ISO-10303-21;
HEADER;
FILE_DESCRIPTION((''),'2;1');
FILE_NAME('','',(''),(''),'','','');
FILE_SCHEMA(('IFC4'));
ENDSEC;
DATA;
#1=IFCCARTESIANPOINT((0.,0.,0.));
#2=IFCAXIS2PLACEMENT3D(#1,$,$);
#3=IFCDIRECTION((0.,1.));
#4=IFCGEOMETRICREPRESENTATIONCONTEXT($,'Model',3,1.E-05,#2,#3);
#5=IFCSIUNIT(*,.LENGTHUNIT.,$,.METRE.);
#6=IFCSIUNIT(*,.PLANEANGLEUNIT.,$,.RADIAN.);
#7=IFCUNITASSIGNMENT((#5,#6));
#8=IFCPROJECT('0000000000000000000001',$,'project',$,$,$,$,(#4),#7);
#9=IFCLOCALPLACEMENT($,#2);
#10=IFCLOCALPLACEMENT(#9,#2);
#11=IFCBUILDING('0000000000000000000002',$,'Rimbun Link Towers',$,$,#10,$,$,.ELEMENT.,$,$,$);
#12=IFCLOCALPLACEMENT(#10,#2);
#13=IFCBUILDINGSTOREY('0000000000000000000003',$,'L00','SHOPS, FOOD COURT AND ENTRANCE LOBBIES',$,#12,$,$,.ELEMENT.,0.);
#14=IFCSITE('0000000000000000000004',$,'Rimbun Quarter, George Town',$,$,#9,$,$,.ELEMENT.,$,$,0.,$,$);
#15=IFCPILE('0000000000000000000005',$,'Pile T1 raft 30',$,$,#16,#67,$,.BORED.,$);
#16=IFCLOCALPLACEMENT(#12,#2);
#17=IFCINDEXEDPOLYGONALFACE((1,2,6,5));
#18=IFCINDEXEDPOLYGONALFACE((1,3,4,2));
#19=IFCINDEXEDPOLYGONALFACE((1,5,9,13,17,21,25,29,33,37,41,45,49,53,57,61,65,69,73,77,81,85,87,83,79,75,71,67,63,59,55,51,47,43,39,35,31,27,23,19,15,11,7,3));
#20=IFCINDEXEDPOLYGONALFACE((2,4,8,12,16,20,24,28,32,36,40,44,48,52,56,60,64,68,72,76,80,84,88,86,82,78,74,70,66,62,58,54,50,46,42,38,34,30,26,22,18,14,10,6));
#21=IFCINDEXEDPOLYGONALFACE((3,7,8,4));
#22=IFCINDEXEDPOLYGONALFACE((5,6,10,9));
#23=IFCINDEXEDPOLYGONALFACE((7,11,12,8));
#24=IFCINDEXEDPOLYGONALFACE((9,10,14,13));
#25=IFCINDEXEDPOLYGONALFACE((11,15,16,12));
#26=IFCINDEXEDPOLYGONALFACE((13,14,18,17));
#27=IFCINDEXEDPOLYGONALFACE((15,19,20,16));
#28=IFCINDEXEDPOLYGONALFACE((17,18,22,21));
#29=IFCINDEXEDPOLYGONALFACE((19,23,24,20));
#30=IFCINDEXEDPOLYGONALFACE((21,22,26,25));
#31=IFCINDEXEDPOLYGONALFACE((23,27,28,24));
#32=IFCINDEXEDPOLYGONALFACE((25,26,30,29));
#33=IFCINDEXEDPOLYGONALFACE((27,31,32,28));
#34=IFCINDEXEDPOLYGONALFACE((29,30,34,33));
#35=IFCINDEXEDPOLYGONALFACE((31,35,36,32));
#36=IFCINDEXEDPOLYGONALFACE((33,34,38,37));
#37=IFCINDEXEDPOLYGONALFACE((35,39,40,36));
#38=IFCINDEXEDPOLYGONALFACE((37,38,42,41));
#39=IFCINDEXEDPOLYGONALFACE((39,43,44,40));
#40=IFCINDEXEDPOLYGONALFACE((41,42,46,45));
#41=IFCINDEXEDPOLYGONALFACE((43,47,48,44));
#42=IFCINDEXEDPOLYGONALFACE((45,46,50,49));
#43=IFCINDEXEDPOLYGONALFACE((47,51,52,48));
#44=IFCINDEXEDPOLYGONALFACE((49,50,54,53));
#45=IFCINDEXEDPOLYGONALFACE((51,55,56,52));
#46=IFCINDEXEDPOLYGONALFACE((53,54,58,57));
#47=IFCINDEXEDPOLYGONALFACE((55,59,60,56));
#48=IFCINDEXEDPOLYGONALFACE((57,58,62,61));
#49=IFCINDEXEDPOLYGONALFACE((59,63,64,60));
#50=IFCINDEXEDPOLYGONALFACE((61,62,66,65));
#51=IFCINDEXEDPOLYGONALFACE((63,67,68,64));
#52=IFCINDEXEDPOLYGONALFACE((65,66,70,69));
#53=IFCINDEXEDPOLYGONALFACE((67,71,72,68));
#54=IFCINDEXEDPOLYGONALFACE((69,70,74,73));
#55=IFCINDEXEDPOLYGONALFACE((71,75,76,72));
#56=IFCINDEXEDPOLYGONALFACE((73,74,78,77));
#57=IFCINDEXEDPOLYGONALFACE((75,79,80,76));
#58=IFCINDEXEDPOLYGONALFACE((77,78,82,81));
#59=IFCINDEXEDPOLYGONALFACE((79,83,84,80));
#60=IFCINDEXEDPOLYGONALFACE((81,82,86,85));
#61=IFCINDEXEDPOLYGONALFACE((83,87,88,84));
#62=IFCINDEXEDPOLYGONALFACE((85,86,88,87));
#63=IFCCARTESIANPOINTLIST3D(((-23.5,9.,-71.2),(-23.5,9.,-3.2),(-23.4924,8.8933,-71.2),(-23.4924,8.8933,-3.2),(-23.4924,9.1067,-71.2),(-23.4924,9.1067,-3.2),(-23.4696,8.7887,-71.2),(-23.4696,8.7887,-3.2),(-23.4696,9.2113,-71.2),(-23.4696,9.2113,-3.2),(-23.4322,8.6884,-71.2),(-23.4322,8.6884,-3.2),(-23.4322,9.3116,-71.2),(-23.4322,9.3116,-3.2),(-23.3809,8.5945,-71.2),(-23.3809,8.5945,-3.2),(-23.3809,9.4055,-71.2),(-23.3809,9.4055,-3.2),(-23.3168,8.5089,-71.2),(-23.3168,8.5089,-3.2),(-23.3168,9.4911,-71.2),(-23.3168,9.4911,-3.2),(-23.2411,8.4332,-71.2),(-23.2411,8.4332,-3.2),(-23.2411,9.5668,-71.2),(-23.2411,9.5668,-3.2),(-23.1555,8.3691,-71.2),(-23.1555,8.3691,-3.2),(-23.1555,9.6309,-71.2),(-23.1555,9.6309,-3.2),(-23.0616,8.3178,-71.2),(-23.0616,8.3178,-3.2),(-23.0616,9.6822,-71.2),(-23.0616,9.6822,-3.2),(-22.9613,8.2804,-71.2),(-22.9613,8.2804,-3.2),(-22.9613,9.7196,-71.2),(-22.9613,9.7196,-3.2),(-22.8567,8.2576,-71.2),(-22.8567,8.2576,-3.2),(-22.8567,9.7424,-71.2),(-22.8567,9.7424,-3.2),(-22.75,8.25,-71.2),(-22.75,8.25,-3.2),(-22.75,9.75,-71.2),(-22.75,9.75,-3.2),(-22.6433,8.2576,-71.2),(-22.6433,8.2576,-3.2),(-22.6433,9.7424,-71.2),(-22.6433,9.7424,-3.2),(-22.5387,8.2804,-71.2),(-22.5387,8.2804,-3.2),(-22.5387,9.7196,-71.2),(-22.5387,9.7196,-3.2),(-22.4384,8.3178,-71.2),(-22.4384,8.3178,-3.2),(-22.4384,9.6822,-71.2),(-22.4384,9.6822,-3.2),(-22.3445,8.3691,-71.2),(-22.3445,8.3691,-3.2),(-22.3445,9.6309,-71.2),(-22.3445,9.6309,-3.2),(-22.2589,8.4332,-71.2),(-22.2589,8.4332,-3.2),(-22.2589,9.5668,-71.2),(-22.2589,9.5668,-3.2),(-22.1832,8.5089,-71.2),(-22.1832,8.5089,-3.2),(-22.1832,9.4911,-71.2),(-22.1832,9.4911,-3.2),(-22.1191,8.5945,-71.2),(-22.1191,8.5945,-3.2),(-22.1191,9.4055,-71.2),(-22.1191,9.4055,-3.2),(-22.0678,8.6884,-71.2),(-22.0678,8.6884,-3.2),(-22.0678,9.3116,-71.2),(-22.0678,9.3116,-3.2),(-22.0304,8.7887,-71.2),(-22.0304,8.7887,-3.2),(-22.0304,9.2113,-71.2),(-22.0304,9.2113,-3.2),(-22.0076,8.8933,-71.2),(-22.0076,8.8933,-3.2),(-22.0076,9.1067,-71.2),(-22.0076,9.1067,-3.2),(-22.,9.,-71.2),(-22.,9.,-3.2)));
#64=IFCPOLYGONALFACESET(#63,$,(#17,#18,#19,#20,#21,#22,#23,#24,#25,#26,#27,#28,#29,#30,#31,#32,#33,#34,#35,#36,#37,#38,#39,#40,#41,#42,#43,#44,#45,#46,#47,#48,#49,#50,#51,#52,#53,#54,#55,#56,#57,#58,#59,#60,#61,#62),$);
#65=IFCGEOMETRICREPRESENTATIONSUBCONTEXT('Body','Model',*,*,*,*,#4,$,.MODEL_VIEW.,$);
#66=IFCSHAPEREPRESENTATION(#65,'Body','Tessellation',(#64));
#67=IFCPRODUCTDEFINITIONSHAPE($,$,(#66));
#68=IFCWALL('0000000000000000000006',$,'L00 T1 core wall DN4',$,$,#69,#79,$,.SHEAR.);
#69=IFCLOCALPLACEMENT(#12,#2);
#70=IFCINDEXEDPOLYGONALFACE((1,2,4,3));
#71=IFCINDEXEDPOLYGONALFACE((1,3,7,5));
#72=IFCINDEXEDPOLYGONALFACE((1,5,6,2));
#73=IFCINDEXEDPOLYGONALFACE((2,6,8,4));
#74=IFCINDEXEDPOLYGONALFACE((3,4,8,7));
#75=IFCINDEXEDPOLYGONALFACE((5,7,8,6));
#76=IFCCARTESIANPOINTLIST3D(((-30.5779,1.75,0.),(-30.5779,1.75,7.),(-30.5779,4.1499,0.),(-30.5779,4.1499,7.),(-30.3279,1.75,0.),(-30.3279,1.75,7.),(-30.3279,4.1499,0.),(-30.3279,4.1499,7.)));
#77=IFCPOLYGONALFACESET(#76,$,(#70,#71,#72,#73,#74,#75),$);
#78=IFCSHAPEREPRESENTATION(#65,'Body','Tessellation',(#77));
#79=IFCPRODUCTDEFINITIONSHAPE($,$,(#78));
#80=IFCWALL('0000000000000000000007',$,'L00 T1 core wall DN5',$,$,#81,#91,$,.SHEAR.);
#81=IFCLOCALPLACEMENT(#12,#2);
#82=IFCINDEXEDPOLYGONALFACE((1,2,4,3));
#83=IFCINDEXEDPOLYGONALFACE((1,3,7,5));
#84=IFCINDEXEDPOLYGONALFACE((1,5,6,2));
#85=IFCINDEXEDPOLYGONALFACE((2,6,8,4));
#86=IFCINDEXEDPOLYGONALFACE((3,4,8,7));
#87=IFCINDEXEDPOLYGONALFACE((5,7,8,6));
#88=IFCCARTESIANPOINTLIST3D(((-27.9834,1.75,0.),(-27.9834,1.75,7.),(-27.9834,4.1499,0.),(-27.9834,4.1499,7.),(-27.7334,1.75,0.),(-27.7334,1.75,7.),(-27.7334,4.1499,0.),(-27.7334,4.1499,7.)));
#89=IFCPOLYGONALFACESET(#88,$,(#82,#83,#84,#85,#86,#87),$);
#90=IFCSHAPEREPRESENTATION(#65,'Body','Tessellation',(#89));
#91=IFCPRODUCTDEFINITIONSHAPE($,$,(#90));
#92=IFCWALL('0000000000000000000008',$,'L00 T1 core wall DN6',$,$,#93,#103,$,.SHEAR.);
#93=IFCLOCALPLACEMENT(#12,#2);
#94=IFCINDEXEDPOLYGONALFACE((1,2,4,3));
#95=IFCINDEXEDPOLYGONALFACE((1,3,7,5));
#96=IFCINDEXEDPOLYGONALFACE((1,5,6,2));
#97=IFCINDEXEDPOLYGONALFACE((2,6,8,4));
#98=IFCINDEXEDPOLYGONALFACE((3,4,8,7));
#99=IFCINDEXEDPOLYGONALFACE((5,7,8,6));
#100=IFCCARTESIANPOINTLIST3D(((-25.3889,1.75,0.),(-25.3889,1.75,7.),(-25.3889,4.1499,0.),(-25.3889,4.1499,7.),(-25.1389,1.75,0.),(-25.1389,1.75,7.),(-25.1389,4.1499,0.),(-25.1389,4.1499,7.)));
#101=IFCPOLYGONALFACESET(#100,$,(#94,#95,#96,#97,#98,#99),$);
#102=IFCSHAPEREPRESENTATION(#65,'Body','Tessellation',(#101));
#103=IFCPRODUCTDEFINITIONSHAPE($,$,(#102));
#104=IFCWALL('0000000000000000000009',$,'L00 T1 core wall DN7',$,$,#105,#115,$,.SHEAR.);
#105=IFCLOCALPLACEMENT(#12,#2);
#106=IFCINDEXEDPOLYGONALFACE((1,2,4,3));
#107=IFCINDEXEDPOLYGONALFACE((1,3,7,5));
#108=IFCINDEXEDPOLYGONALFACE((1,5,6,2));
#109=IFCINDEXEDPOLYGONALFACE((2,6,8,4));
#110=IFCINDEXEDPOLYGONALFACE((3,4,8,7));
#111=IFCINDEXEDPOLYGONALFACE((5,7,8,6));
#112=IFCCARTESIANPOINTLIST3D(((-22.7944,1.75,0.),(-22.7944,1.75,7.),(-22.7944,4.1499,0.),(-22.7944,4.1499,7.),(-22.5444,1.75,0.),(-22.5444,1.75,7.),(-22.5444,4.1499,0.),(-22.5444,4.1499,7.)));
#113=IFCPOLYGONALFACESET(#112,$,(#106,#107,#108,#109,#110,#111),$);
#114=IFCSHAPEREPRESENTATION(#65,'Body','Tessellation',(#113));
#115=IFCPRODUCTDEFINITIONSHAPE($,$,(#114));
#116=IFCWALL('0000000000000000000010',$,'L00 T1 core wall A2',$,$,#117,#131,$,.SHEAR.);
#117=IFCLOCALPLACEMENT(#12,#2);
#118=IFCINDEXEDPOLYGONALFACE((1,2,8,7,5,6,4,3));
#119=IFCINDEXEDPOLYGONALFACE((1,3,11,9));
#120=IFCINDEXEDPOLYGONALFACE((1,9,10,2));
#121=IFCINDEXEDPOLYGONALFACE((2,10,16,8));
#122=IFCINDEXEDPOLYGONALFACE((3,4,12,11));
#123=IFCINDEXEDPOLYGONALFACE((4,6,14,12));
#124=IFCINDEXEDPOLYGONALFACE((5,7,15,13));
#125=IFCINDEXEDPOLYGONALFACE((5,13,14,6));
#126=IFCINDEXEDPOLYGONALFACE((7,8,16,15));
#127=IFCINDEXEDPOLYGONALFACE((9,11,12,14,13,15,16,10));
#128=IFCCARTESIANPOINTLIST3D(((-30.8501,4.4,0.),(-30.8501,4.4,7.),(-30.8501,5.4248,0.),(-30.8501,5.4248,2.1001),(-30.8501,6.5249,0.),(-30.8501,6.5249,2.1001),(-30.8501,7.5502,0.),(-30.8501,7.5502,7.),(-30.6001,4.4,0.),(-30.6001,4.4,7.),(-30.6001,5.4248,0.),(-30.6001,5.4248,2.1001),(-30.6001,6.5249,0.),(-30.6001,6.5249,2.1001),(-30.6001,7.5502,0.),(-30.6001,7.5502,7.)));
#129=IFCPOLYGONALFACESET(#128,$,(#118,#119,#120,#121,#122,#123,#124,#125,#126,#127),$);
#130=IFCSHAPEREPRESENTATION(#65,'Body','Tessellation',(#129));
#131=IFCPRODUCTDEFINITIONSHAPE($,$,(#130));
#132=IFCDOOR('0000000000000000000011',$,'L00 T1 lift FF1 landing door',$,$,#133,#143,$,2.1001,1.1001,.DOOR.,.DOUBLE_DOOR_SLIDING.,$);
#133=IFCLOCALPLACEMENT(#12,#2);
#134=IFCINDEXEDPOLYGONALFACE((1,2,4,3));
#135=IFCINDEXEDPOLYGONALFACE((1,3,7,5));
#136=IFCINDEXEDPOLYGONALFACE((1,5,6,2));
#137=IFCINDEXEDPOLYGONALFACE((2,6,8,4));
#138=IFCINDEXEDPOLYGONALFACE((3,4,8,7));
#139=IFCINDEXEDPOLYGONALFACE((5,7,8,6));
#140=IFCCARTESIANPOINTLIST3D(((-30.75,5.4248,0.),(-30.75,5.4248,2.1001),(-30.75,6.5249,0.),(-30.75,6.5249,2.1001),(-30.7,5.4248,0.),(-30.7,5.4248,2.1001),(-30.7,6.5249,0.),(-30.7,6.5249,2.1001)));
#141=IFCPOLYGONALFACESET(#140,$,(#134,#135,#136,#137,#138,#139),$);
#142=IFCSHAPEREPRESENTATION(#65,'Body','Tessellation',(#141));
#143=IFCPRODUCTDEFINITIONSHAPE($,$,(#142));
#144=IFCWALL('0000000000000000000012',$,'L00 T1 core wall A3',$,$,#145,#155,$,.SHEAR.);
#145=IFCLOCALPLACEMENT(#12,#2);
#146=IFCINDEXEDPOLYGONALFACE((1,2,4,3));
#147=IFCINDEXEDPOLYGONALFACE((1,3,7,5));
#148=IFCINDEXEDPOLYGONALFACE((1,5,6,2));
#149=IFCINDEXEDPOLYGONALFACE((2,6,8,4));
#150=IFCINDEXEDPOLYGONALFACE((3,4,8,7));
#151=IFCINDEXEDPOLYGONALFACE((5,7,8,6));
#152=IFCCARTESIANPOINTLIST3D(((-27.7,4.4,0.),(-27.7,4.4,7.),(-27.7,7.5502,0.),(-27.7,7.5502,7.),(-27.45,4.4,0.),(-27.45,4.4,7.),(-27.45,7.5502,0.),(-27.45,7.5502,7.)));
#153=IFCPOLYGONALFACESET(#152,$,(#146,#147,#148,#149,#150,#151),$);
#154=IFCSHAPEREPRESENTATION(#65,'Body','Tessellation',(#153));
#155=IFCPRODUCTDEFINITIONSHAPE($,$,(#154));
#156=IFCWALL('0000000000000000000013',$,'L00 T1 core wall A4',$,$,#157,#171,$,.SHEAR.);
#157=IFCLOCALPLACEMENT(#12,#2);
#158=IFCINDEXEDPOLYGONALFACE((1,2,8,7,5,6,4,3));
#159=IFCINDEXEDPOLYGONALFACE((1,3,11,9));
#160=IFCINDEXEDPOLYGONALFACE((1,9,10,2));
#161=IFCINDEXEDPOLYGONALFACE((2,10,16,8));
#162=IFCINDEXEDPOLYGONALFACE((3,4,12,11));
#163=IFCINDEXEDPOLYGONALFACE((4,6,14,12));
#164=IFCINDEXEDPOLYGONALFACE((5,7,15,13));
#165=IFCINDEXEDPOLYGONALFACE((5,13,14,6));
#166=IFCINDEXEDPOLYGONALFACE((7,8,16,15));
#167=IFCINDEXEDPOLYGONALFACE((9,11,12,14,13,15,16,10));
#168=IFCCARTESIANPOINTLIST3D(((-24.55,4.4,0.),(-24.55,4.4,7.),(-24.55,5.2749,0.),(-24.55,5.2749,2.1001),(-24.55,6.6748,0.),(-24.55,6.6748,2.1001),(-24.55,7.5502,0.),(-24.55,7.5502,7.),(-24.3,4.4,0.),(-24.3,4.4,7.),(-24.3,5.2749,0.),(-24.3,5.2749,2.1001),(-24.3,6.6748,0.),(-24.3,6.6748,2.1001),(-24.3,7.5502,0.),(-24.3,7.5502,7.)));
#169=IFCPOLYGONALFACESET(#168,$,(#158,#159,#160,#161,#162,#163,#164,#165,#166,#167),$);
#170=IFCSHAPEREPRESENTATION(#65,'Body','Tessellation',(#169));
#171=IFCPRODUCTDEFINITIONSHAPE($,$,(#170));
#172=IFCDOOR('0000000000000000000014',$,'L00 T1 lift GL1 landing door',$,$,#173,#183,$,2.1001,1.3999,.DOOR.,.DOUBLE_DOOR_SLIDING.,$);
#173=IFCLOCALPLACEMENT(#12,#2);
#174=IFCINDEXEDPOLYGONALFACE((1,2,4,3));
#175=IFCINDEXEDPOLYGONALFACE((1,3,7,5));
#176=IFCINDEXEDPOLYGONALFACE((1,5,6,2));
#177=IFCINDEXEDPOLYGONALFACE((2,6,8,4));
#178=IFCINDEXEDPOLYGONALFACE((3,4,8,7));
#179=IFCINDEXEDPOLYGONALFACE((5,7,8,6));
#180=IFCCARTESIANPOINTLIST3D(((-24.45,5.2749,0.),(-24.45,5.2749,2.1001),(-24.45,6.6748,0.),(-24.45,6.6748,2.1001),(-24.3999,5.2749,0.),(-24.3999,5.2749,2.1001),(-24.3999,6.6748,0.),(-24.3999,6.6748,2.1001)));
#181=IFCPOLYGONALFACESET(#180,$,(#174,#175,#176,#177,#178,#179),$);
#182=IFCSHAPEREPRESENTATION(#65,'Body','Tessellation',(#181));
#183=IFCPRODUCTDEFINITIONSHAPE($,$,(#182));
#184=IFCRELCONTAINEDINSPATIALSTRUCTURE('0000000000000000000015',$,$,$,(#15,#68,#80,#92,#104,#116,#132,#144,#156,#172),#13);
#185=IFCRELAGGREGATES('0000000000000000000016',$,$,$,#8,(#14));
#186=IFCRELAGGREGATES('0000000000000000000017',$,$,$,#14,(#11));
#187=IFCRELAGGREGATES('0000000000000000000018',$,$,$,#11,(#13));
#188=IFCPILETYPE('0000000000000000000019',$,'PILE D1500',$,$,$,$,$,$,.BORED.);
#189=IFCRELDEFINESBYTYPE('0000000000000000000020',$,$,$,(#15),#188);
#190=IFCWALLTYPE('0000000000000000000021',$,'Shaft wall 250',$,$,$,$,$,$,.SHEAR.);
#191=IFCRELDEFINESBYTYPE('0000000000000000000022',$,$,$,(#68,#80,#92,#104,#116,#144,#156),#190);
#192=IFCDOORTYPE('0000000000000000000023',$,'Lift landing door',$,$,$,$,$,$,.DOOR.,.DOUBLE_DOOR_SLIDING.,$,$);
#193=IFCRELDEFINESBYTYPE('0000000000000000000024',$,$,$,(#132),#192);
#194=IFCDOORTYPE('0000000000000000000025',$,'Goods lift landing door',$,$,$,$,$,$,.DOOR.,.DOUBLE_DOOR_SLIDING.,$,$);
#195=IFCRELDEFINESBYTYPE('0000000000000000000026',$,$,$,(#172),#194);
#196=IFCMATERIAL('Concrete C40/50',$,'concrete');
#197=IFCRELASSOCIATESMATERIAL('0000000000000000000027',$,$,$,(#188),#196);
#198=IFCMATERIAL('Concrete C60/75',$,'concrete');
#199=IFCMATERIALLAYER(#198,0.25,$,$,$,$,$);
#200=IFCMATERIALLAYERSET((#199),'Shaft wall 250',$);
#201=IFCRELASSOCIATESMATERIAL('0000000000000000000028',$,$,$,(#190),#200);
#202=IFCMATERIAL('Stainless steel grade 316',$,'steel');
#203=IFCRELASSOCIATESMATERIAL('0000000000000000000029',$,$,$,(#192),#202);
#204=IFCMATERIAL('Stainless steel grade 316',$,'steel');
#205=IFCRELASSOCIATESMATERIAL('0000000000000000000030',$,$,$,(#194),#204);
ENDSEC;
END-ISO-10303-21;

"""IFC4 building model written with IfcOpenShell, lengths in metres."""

from ifc_helpers import new_model, si_unit, direction, frame, frame_2d, origin, origin_2d, place, context, subcontext, project, spatial, rectangle, circle, extrude, material, layer, layer_set, material_profile, profile_set, type_object, element, fill, save


model = new_model("IFC4")

# Units and contexts
model_context = context("Model", 3, precision=1e-05, world=origin(), true_north=direction((0.0, 1.0)))
body_context = subcontext(model_context, "Body", "Model", "MODEL_VIEW")
ifc_project = project(units=[si_unit("LENGTHUNIT", "METRE"), si_unit("PLANEANGLEUNIT", "RADIAN")], contexts=[model_context])

# Site, building, storey
site_placement = place(None, origin())
site = spatial("IfcSite", under=ifc_project, at=site_placement, Name="Rimbun Quarter, George Town", CompositionType="ELEMENT", RefElevation=0.0)
building_placement = place(site_placement, origin())
building = spatial("IfcBuilding", under=site, at=building_placement, Name="Rimbun Link Towers", CompositionType="ELEMENT")
storey_placement = place(building_placement, origin())
storey = spatial("IfcBuildingStorey", under=building, at=storey_placement, Name="L00", Description="SHOPS, FOOD COURT AND ENTRANCE LOBBIES", CompositionType="ELEMENT", Elevation=0.0)

# Pile
ifc_material_1 = material(Name="Concrete C40/50", Category="concrete")
ifc_material_profile = material_profile(ifc_material_1, circle(Radius=0.75, at=origin_2d()), Name="PILE D1500")
ifc_profile_set = profile_set([ifc_material_profile], Name="Concrete C40/50")
pile_type = type_object("IfcPileType", Name="PILE D1500", PredefinedType="BORED", material=ifc_profile_set)
for number, where, z_axis, x_axis, name in (
    (1, (-22.75, 9.0, -3.2), (0.0, 0.0, -1.0), (1.0, 0.0, 0.0), "Pile T1 raft 30"),
):
    element("IfcPile", number, at=place(storey_placement, frame(where, z_axis=z_axis, x_axis=x_axis)), inside=storey, type_object=pile_type, Name=name, PredefinedType="BORED", context=body_context, shape_type="SweptSolid", body=[
        extrude(circle(Radius=0.75, at=origin_2d()), origin(), (0.0, 0.0, 1.0), 68.0),
    ])

# Walls
ifc_material_2 = material(Name="Concrete C60/75", Category="concrete")
ifc_layer = layer(ifc_material_2, 0.25)
ifc_layer_set = layer_set([ifc_layer], Name="Shaft wall 250")
wall_type = type_object("IfcWallType", Name="Shaft wall 250", PredefinedType="SHEAR", material=ifc_layer_set)
for number, where, z_axis, x_axis, name in (
    (2, (-30.4529, 1.75, 0.0), (0.0, 0.0, 1.0), (0.0, 1.0, 0.0), "L00 T1 core wall DN4"),
    (3, (-27.8584, 1.75, 0.0), (0.0, 0.0, 1.0), (0.0, 1.0, 0.0), "L00 T1 core wall DN5"),
    (4, (-25.2639, 1.75, 0.0), (0.0, 0.0, 1.0), (0.0, 1.0, 0.0), "L00 T1 core wall DN6"),
    (5, (-22.6694, 1.75, 0.0), (0.0, 0.0, 1.0), (0.0, 1.0, 0.0), "L00 T1 core wall DN7"),
):
    element("IfcWall", number, at=place(storey_placement, frame(where, z_axis=z_axis, x_axis=x_axis)), inside=storey, type_object=wall_type, Name=name, PredefinedType="SHEAR", context=body_context, shape_type="SweptSolid", body=[
        extrude(rectangle(XDim=2.3999, YDim=0.25, at=frame_2d((1.2, 0.0))), origin(), (0.0, 0.0, 1.0), 7.0),
    ])

# Wall, opening, door
wall_1_placement = place(storey_placement, frame((-30.7251, 4.3999, 0.0), z_axis=(0.0, 0.0, 1.0), x_axis=(0.0, 1.0, 0.0)))
wall_1 = element("IfcWall", 6, at=wall_1_placement, inside=storey, type_object=wall_type, Name="L00 T1 core wall A2", PredefinedType="SHEAR", context=body_context, shape_type="SweptSolid", body=[
    extrude(rectangle(XDim=3.1501, YDim=0.25, at=frame_2d((1.5752, 0.0))), origin(), (0.0, 0.0, 1.0), 7.0),
])
opening_1_placement = place(wall_1_placement, frame((1.0249, 0.0, 0.0)))
opening_1 = element("IfcOpeningElement", 7, at=opening_1_placement, cuts=wall_1, PredefinedType="OPENING", context=body_context, shape_type="SweptSolid", body=[
    extrude(rectangle(XDim=1.1001, YDim=2.1001, at=frame_2d((0.55, 1.05))), frame((0.0, 0.135, 0.0), z_axis=(0.0, -1.0, 0.0), x_axis=(1.0, 0.0, 0.0)), (0.0, 0.0, 1.0), 0.27),
])
ifc_material_3 = material(Name="Stainless steel grade 316", Category="steel")
door_type_1 = type_object("IfcDoorType", Name="Lift landing door", OperationType="DOUBLE_DOOR_SLIDING", PredefinedType="DOOR", material=ifc_material_3)
door_1_placement = place(opening_1_placement, origin())
door_1 = element("IfcDoor", 8, at=door_1_placement, inside=storey, type_object=door_type_1, Name="L00 T1 lift FF1 landing door", OperationType="DOUBLE_DOOR_SLIDING", OverallHeight=2.1001, OverallWidth=1.1001, PredefinedType="DOOR", context=body_context, shape_type="SweptSolid", body=[
    extrude(rectangle(XDim=1.1001, YDim=2.1001, at=frame_2d((0.55, 1.05))), frame((0.0, 0.0249, 0.0), z_axis=(0.0, -1.0, 0.0), x_axis=(1.0, 0.0, 0.0)), (0.0, 0.0, 1.0), 0.05),
])
fill(opening_1, door_1)

# Wall
wall_2_placement = place(storey_placement, frame((-27.575, 4.3999, 0.0), z_axis=(0.0, 0.0, 1.0), x_axis=(0.0, 1.0, 0.0)))
element("IfcWall", 9, at=wall_2_placement, inside=storey, type_object=wall_type, Name="L00 T1 core wall A3", PredefinedType="SHEAR", context=body_context, shape_type="SweptSolid", body=[
    extrude(rectangle(XDim=3.1501, YDim=0.25, at=frame_2d((1.5752, 0.0))), origin(), (0.0, 0.0, 1.0), 7.0),
])

# Wall, opening, door
wall_3_placement = place(storey_placement, frame((-24.425, 4.3999, 0.0), z_axis=(0.0, 0.0, 1.0), x_axis=(0.0, 1.0, 0.0)))
wall_3 = element("IfcWall", 10, at=wall_3_placement, inside=storey, type_object=wall_type, Name="L00 T1 core wall A4", PredefinedType="SHEAR", context=body_context, shape_type="SweptSolid", body=[
    extrude(rectangle(XDim=3.1501, YDim=0.25, at=frame_2d((1.5752, 0.0))), origin(), (0.0, 0.0, 1.0), 7.0),
])
opening_2_placement = place(wall_3_placement, frame((0.875, 0.0, 0.0)))
opening_2 = element("IfcOpeningElement", 11, at=opening_2_placement, cuts=wall_3, PredefinedType="OPENING", context=body_context, shape_type="SweptSolid", body=[
    extrude(rectangle(XDim=1.3999, YDim=2.1001, at=frame_2d((0.7, 1.05))), frame((0.0, 0.135, 0.0), z_axis=(0.0, -1.0, 0.0), x_axis=(1.0, 0.0, 0.0)), (0.0, 0.0, 1.0), 0.27),
])
ifc_material_4 = material(Name="Stainless steel grade 316", Category="steel")
door_type_2 = type_object("IfcDoorType", Name="Goods lift landing door", OperationType="DOUBLE_DOOR_SLIDING", PredefinedType="DOOR", material=ifc_material_4)
door_2_placement = place(opening_2_placement, origin())
door_2 = element("IfcDoor", 12, at=door_2_placement, inside=storey, type_object=door_type_2, Name="L00 T1 lift GL1 landing door", OperationType="DOUBLE_DOOR_SLIDING", OverallHeight=2.1001, OverallWidth=1.3999, PredefinedType="DOOR", context=body_context, shape_type="SweptSolid", body=[
    extrude(rectangle(XDim=1.3999, YDim=2.1001, at=frame_2d((0.7, 1.05))), frame((0.0, 0.0249, 0.0), z_axis=(0.0, -1.0, 0.0), x_axis=(1.0, 0.0, 0.0)), (0.0, 0.0, 1.0), 0.05),
])
fill(opening_2, door_2)

save(model, "model.ifc")
